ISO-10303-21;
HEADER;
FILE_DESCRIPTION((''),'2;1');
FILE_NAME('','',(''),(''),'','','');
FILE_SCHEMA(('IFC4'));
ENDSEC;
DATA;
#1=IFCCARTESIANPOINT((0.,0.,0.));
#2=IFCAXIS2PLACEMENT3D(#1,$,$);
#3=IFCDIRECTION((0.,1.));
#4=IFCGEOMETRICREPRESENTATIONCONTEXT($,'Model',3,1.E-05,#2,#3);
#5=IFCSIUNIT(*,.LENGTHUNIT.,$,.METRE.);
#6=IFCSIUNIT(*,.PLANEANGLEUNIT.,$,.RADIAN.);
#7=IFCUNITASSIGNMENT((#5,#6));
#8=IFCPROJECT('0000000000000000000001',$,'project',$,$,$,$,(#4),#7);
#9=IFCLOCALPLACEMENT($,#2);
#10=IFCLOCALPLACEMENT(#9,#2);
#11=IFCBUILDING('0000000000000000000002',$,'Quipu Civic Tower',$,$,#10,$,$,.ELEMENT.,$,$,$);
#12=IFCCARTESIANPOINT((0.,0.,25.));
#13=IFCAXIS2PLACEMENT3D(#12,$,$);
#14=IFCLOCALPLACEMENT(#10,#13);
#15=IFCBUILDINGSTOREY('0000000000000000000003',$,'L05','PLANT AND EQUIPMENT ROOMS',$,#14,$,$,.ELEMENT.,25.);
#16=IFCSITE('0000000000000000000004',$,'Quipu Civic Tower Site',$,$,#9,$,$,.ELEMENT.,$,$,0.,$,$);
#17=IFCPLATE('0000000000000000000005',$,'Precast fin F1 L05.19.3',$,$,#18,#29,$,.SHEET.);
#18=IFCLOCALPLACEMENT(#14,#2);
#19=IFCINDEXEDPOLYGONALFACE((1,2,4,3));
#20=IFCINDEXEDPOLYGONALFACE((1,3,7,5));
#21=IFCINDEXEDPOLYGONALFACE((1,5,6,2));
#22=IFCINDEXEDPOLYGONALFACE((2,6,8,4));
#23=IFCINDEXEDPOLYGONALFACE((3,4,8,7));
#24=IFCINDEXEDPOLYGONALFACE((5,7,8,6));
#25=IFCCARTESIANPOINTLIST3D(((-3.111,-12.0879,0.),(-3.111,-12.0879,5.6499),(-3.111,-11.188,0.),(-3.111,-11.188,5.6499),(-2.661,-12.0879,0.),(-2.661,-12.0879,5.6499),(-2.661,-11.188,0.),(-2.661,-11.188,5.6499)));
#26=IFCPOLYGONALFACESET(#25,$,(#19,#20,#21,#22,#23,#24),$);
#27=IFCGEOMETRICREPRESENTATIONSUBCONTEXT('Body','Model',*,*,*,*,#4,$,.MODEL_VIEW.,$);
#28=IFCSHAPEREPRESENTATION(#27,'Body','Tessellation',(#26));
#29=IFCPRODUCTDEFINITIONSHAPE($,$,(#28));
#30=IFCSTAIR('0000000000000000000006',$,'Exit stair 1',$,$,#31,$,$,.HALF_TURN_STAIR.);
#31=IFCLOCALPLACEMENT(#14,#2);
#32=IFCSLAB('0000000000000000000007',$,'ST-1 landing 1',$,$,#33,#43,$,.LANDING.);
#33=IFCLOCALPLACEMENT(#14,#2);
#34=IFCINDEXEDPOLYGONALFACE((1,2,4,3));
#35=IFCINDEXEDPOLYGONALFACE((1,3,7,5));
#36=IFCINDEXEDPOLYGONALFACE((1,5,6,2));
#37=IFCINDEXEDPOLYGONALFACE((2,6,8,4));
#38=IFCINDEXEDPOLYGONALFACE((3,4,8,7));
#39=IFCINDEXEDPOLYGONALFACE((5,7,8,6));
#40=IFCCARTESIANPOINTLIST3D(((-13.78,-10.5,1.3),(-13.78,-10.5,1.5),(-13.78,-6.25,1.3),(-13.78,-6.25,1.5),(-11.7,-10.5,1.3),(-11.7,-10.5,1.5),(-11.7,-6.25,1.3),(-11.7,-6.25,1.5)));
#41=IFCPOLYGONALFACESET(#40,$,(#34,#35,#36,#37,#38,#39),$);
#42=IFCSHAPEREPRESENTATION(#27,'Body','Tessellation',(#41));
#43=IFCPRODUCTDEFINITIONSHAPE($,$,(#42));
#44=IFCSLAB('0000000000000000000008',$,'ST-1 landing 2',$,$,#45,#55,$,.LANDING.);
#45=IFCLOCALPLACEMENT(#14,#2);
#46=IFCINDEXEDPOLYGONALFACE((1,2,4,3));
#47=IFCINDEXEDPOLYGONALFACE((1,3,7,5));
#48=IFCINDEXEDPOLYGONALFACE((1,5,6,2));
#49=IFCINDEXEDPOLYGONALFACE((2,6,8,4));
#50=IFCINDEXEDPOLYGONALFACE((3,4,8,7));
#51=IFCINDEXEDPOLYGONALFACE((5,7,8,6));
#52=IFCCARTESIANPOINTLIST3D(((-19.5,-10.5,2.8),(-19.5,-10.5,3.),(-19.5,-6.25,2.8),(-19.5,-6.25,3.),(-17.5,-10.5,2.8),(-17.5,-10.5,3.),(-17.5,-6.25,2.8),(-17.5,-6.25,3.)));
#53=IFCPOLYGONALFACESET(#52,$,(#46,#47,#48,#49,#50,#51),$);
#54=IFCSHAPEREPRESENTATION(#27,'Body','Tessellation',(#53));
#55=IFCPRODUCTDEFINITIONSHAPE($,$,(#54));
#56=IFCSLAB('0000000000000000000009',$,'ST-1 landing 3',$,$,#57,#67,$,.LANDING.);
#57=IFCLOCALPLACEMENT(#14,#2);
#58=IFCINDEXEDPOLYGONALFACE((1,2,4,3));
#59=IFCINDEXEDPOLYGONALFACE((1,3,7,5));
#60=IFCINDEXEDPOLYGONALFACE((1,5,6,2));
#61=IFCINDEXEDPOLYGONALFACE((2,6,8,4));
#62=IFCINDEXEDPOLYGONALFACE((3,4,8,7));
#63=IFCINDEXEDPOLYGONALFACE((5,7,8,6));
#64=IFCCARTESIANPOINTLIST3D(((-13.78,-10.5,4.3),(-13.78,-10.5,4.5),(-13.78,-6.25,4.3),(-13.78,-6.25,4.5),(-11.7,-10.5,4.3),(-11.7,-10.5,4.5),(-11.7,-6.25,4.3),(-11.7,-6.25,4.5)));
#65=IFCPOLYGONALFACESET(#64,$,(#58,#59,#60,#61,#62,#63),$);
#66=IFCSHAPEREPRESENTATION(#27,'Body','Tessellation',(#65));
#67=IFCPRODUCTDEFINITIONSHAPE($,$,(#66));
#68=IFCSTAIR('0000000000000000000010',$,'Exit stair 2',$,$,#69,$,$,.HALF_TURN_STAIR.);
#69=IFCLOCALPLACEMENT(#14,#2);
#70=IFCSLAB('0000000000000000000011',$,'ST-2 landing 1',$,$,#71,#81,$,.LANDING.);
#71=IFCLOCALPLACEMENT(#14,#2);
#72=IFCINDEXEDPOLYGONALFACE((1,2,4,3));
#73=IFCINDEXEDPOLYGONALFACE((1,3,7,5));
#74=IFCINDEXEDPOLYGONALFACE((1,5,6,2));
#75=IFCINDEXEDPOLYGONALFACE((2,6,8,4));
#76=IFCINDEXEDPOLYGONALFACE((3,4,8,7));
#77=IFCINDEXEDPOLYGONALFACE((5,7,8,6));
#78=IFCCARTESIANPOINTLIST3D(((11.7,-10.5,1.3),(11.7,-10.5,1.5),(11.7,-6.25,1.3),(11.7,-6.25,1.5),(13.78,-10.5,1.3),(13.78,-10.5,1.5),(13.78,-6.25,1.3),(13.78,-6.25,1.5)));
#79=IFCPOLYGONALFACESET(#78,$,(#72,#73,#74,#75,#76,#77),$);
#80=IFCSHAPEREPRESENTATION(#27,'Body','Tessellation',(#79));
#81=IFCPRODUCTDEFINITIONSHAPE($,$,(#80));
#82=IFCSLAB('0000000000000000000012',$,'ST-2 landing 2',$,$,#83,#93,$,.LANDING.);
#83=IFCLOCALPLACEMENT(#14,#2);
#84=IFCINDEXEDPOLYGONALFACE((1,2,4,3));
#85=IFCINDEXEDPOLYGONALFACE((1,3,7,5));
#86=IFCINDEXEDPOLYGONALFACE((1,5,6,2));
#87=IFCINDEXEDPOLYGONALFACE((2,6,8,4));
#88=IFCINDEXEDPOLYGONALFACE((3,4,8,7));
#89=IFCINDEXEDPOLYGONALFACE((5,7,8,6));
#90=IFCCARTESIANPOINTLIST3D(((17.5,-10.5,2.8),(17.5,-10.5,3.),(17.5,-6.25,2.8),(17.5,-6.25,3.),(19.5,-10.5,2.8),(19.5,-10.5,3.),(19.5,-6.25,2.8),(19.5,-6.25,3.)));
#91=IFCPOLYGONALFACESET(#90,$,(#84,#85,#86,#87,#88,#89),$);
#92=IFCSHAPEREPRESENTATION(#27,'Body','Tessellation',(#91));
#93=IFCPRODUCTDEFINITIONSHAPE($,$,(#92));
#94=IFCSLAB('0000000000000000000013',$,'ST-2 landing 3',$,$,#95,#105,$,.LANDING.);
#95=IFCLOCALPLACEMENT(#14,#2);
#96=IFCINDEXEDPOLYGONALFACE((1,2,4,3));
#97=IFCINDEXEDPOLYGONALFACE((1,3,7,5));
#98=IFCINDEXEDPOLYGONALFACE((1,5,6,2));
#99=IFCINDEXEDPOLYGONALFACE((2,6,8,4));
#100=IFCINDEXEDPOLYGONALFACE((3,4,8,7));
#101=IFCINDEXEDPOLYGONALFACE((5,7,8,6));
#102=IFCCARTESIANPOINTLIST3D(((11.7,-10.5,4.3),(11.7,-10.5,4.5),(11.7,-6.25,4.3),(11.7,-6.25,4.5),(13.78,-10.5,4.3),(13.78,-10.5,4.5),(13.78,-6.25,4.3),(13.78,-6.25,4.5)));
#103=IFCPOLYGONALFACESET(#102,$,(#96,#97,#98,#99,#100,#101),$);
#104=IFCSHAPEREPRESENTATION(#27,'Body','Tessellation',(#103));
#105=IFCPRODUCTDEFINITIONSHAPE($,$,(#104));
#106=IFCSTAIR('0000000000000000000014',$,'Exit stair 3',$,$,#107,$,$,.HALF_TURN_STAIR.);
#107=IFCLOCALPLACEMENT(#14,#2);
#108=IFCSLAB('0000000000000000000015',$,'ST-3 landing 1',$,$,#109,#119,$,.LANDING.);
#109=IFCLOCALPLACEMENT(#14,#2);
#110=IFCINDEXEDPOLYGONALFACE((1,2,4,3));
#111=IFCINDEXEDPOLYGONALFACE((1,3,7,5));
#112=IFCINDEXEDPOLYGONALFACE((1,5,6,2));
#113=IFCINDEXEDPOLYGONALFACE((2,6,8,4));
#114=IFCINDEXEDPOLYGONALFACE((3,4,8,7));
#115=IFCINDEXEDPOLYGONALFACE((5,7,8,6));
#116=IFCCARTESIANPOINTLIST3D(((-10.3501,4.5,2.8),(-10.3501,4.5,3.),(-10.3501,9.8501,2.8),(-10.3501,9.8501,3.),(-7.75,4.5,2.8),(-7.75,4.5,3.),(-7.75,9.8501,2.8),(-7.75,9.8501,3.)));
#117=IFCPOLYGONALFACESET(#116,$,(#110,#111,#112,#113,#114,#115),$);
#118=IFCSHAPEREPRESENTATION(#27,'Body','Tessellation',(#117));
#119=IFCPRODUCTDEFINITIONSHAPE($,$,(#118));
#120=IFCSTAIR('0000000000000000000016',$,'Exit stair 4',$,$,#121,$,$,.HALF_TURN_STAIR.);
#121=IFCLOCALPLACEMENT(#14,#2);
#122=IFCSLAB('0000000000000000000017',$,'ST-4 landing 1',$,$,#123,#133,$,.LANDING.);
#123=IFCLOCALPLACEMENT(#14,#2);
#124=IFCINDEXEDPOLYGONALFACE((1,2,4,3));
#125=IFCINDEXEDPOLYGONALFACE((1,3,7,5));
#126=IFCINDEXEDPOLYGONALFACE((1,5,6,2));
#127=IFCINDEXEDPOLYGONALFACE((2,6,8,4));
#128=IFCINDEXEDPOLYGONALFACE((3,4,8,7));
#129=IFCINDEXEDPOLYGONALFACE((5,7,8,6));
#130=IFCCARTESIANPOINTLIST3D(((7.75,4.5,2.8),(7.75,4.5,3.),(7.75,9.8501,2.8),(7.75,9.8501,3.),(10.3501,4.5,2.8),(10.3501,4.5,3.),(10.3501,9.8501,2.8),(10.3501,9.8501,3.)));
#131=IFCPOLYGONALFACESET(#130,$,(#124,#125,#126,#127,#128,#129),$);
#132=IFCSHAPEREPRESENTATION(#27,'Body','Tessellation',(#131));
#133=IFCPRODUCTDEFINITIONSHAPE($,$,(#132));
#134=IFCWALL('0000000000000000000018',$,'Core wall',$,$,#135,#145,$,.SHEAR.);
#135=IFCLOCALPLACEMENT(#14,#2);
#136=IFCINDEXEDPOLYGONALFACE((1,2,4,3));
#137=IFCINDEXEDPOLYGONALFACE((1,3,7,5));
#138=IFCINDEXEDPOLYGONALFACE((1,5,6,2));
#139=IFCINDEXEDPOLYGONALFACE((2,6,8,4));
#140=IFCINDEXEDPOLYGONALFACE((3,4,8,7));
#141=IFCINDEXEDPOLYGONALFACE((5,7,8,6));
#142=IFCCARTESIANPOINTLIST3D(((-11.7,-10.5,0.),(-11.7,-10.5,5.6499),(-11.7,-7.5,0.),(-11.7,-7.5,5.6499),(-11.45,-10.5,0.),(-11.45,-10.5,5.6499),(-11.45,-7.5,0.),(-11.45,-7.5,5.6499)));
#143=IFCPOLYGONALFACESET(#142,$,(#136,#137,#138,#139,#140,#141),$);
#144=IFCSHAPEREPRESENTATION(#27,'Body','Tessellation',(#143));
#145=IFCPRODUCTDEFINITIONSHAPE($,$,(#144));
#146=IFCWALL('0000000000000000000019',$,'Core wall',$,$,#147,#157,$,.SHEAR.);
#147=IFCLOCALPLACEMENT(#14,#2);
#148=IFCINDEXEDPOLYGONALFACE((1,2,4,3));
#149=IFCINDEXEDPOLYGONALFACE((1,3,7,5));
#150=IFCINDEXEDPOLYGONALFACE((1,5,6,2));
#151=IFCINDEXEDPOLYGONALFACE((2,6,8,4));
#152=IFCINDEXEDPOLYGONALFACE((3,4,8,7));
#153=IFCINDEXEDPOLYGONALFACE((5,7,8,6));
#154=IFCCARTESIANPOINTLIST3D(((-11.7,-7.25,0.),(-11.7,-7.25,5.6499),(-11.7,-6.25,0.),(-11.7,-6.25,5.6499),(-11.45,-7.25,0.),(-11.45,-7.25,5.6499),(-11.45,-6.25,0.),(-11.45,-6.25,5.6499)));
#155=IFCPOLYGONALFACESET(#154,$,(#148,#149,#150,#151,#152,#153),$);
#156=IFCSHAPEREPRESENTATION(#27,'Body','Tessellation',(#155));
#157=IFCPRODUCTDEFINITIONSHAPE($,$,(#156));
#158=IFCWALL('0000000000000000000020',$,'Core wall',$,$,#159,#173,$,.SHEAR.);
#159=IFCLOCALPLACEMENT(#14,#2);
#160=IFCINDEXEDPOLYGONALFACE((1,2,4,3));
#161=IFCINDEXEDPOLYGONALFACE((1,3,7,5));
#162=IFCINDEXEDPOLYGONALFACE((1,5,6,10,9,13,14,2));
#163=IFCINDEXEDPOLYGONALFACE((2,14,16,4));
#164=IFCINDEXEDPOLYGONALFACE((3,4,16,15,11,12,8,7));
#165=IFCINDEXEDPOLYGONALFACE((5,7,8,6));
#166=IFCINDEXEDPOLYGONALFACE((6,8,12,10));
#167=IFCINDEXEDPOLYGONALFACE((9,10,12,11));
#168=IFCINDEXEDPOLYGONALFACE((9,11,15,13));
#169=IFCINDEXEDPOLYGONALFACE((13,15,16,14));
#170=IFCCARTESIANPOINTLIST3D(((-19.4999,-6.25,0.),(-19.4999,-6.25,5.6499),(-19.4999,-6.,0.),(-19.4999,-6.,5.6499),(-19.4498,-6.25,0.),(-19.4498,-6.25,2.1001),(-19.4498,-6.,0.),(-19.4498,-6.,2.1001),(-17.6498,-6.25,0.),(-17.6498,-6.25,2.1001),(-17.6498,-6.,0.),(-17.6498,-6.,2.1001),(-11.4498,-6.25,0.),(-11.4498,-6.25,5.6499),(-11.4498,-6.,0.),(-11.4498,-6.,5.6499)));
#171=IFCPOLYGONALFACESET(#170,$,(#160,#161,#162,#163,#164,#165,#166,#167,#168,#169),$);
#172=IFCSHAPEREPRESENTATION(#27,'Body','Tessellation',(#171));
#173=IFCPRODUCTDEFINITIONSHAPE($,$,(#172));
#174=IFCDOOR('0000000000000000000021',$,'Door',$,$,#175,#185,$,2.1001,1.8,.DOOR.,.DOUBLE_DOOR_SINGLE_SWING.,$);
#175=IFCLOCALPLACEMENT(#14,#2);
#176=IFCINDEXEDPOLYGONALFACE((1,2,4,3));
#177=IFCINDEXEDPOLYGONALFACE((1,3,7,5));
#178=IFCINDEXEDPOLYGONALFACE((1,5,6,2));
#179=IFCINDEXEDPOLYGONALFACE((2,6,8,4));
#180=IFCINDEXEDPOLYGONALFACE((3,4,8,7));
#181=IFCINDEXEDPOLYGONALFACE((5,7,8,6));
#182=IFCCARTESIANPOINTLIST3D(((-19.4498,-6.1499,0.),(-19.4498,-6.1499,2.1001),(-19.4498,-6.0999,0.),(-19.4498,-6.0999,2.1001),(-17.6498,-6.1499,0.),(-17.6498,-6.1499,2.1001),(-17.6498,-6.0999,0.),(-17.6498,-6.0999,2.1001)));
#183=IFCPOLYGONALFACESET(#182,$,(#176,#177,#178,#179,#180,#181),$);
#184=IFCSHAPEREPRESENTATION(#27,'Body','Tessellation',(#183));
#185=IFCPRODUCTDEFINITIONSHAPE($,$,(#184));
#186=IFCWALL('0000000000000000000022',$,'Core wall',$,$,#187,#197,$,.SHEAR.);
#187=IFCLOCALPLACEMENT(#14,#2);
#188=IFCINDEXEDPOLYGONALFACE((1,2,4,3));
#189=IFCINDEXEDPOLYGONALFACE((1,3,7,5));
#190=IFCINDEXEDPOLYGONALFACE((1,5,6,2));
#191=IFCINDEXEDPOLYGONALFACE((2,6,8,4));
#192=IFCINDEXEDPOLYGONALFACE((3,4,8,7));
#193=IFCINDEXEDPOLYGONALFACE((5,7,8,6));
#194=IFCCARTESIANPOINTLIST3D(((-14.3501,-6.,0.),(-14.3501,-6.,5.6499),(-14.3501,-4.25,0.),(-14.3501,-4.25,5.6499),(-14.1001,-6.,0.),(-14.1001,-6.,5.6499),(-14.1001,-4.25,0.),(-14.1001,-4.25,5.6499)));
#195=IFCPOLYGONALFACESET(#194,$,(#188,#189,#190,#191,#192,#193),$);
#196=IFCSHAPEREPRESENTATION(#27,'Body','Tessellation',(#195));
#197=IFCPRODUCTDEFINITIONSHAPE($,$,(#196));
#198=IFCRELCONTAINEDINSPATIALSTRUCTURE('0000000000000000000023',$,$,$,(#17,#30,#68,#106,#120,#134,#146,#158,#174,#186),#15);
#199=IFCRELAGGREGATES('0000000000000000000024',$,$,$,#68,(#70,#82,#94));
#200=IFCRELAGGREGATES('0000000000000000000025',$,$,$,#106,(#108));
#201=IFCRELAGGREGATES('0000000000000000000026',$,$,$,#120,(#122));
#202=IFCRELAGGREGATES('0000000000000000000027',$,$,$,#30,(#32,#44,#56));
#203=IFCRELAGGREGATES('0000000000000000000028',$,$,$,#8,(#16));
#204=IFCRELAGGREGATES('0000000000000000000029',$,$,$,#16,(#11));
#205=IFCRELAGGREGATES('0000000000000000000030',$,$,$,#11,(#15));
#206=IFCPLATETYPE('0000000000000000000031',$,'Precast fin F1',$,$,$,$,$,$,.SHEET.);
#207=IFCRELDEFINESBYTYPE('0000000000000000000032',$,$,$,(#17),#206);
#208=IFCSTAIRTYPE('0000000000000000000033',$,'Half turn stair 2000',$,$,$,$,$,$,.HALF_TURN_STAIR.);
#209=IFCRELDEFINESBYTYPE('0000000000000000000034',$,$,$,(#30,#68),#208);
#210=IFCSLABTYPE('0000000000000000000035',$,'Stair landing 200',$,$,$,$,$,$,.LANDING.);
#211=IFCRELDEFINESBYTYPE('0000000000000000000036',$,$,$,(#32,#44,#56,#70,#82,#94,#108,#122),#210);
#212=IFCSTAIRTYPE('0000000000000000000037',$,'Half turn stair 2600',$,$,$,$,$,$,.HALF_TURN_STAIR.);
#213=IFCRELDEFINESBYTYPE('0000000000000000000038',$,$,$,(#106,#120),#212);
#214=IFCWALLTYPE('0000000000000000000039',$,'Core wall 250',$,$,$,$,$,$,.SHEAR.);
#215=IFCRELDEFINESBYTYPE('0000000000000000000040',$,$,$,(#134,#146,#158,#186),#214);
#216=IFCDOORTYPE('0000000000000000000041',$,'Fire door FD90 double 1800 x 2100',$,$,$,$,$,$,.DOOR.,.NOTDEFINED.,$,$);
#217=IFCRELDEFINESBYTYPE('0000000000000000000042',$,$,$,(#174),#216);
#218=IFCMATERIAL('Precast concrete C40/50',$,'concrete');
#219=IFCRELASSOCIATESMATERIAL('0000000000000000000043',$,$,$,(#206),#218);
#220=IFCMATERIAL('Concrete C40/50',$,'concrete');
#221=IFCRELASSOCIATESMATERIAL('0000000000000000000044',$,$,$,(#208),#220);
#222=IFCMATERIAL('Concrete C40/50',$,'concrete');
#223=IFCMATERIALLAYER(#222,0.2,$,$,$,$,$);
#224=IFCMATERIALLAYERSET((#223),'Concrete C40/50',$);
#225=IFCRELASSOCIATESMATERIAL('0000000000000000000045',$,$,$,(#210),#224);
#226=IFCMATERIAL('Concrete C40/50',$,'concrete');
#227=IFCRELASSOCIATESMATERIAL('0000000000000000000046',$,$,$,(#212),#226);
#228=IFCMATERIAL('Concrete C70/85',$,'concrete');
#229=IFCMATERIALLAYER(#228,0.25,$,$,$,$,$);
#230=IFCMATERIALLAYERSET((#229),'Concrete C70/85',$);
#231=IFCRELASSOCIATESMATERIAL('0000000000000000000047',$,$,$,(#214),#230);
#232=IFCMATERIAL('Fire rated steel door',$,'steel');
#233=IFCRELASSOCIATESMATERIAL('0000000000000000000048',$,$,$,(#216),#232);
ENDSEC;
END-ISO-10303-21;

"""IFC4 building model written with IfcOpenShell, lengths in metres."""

from ifc_helpers import new_model, si_unit, direction, frame, frame_2d, origin, origin_2d, place, context, subcontext, project, spatial, polyline, rectangle, outline, extrude, material, layer, layer_set, type_object, element, fill, aggregate, save


model = new_model("IFC4")

# Units and contexts
model_context = context("Model", 3, precision=1e-05, world=origin(), true_north=direction((0.0, 1.0)))
body_context = subcontext(model_context, "Body", "Model", "MODEL_VIEW")
ifc_project = project(units=[si_unit("LENGTHUNIT", "METRE"), si_unit("PLANEANGLEUNIT", "RADIAN")], contexts=[model_context])

# Site, building, storey
site_placement = place(None, origin())
site = spatial("IfcSite", under=ifc_project, at=site_placement, Name="Quipu Civic Tower Site", CompositionType="ELEMENT", RefElevation=0.0)
building_placement = place(site_placement, origin())
building = spatial("IfcBuilding", under=site, at=building_placement, Name="Quipu Civic Tower", CompositionType="ELEMENT")
storey_placement = place(building_placement, frame((0.0, 0.0, 25.0)))
storey = spatial("IfcBuildingStorey", under=building, at=storey_placement, Name="L05", Description="PLANT AND EQUIPMENT ROOMS", CompositionType="ELEMENT", Elevation=25.0)

# Plate
ifc_material_1 = material(Name="Precast concrete C40/50", Category="concrete")
plate_type = type_object("IfcPlateType", Name="Precast fin F1", PredefinedType="SHEET", material=ifc_material_1)
for number, where, z_axis, x_axis, name in (
    (1, (-2.886, -11.6379, 0.0), (0.0, 0.0, 1.0), (1.0, 0.0, 0.0), "Precast fin F1 L05.19.3"),
):
    element("IfcPlate", number, at=place(storey_placement, frame(where, z_axis=z_axis, x_axis=x_axis)), inside=storey, type_object=plate_type, Name=name, PredefinedType="SHEET", context=body_context, shape_type="SweptSolid", body=[
        extrude(rectangle(XDim=0.45, YDim=0.8999, at=origin_2d()), origin(), (0.0, 0.0, 1.0), 5.6499),
    ])

# Stairs, slabs
ifc_material_2 = material(Name="Concrete C40/50", Category="concrete")
stair_type_1 = type_object("IfcStairType", Name="Half turn stair 2000", PredefinedType="HALF_TURN_STAIR", material=ifc_material_2)
stair_1_placement = place(storey_placement, origin())
stair_1 = element("IfcStair", 2, at=stair_1_placement, inside=storey, type_object=stair_type_1, Name="Exit stair 1", PredefinedType="HALF_TURN_STAIR")
ifc_material_3 = material(Name="Concrete C40/50", Category="concrete")
ifc_layer_1 = layer(ifc_material_3, 0.2)
ifc_layer_set_1 = layer_set([ifc_layer_1], Name="Concrete C40/50")
slab_type_1 = type_object("IfcSlabType", Name="Stair landing 200", PredefinedType="LANDING", material=ifc_layer_set_1)
slab_1_placement = place(storey_placement, frame((0.0, 0.0, 1.3)))
slab_1 = element("IfcSlab", 3, at=slab_1_placement, type_object=slab_type_1, Name="ST-1 landing 1", PredefinedType="LANDING", context=body_context, shape_type="SweptSolid", body=[
    extrude(outline(polyline([(-13.78, -10.5), (-11.7, -10.5), (-11.7, -6.25), (-13.78, -6.25), (-13.78, -10.5)])), origin(), (0.0, 0.0, 1.0), 0.2),
])
slab_2_placement = place(storey_placement, frame((0.0, 0.0, 2.8)))
slab_2 = element("IfcSlab", 4, at=slab_2_placement, type_object=slab_type_1, Name="ST-1 landing 2", PredefinedType="LANDING", context=body_context, shape_type="SweptSolid", body=[
    extrude(outline(polyline([(-19.5, -10.5), (-17.5, -10.5), (-17.5, -6.25), (-19.5, -6.25), (-19.5, -10.5)])), origin(), (0.0, 0.0, 1.0), 0.2),
])
slab_3_placement = place(storey_placement, frame((0.0, 0.0, 4.3)))
slab_3 = element("IfcSlab", 5, at=slab_3_placement, type_object=slab_type_1, Name="ST-1 landing 3", PredefinedType="LANDING", context=body_context, shape_type="SweptSolid", body=[
    extrude(outline(polyline([(-13.78, -10.5), (-11.7, -10.5), (-11.7, -6.25), (-13.78, -6.25), (-13.78, -10.5)])), origin(), (0.0, 0.0, 1.0), 0.2),
])
stair_2_placement = place(storey_placement, origin())
stair_2 = element("IfcStair", 6, at=stair_2_placement, inside=storey, type_object=stair_type_1, Name="Exit stair 2", PredefinedType="HALF_TURN_STAIR")
slab_4_placement = place(storey_placement, frame((0.0, 0.0, 1.3)))
slab_4 = element("IfcSlab", 7, at=slab_4_placement, type_object=slab_type_1, Name="ST-2 landing 1", PredefinedType="LANDING", context=body_context, shape_type="SweptSolid", body=[
    extrude(outline(polyline([(13.78, -6.25), (11.7, -6.25), (11.7, -10.5), (13.78, -10.5), (13.78, -6.25)])), origin(), (0.0, 0.0, 1.0), 0.2),
])
slab_5_placement = place(storey_placement, frame((0.0, 0.0, 2.8)))
slab_5 = element("IfcSlab", 8, at=slab_5_placement, type_object=slab_type_1, Name="ST-2 landing 2", PredefinedType="LANDING", context=body_context, shape_type="SweptSolid", body=[
    extrude(outline(polyline([(19.5, -6.25), (17.5, -6.25), (17.5, -10.5), (19.5, -10.5), (19.5, -6.25)])), origin(), (0.0, 0.0, 1.0), 0.2),
])
slab_6_placement = place(storey_placement, frame((0.0, 0.0, 4.3)))
slab_6 = element("IfcSlab", 9, at=slab_6_placement, type_object=slab_type_1, Name="ST-2 landing 3", PredefinedType="LANDING", context=body_context, shape_type="SweptSolid", body=[
    extrude(outline(polyline([(13.78, -6.25), (11.7, -6.25), (11.7, -10.5), (13.78, -10.5), (13.78, -6.25)])), origin(), (0.0, 0.0, 1.0), 0.2),
])
aggregate(stair_2, [slab_4, slab_5, slab_6])

# Stairs, slabs
ifc_material_4 = material(Name="Concrete C40/50", Category="concrete")
stair_type_2 = type_object("IfcStairType", Name="Half turn stair 2600", PredefinedType="HALF_TURN_STAIR", material=ifc_material_4)
stair_3_placement = place(storey_placement, origin())
stair_3 = element("IfcStair", 10, at=stair_3_placement, inside=storey, type_object=stair_type_2, Name="Exit stair 3", PredefinedType="HALF_TURN_STAIR")
slab_7_placement = place(storey_placement, frame((0.0, 0.0, 2.8)))
slab_7 = element("IfcSlab", 11, at=slab_7_placement, type_object=slab_type_1, Name="ST-3 landing 1", PredefinedType="LANDING", context=body_context, shape_type="SweptSolid", body=[
    extrude(outline(polyline([(-10.3501, 4.5), (-7.75, 4.5), (-7.75, 9.8501), (-10.3501, 9.8501), (-10.3501, 4.5)])), origin(), (0.0, 0.0, 1.0), 0.2),
])
aggregate(stair_3, [slab_7])
stair_4_placement = place(storey_placement, origin())
stair_4 = element("IfcStair", 12, at=stair_4_placement, inside=storey, type_object=stair_type_2, Name="Exit stair 4", PredefinedType="HALF_TURN_STAIR")
slab_8_placement = place(storey_placement, frame((0.0, 0.0, 2.8)))
slab_8 = element("IfcSlab", 13, at=slab_8_placement, type_object=slab_type_1, Name="ST-4 landing 1", PredefinedType="LANDING", context=body_context, shape_type="SweptSolid", body=[
    extrude(outline(polyline([(10.3501, 9.8501), (7.75, 9.8501), (7.75, 4.5), (10.3501, 4.5), (10.3501, 9.8501)])), origin(), (0.0, 0.0, 1.0), 0.2),
])
aggregate(stair_4, [slab_8])

# Walls
ifc_material_5 = material(Name="Concrete C70/85", Category="concrete")
ifc_layer_2 = layer(ifc_material_5, 0.25)
ifc_layer_set_2 = layer_set([ifc_layer_2], Name="Concrete C70/85")
wall_type_1 = type_object("IfcWallType", Name="Core wall 250", PredefinedType="SHEAR", material=ifc_layer_set_2)
wall_1_placement = place(storey_placement, frame((-11.575, -10.5, 0.0), z_axis=(0.0, 0.0, 1.0), x_axis=(0.0, 1.0, 0.0)))
element("IfcWall", 14, at=wall_1_placement, inside=storey, type_object=wall_type_1, Name="Core wall", PredefinedType="SHEAR", context=body_context, shape_type="SweptSolid", body=[
    extrude(rectangle(XDim=3.0, YDim=0.25, at=frame_2d((1.5, 0.0))), origin(), (0.0, 0.0, 1.0), 5.6499),
])
wall_2_placement = place(storey_placement, frame((-11.575, -7.25, 0.0), z_axis=(0.0, 0.0, 1.0), x_axis=(0.0, 1.0, 0.0)))
element("IfcWall", 15, at=wall_2_placement, inside=storey, type_object=wall_type_1, Name="Core wall", PredefinedType="SHEAR", context=body_context, shape_type="SweptSolid", body=[
    extrude(rectangle(XDim=1.0, YDim=0.25, at=frame_2d((0.5, 0.0))), origin(), (0.0, 0.0, 1.0), 5.6499),
])

# Wall, opening, door
wall_3_placement = place(storey_placement, frame((-11.45, -6.125, 0.0), z_axis=(0.0, 0.0, 1.0), x_axis=(-1.0, 0.0, 0.0)))
wall_3 = element("IfcWall", 16, at=wall_3_placement, inside=storey, type_object=wall_type_1, Name="Core wall", PredefinedType="SHEAR", context=body_context, shape_type="SweptSolid", body=[
    extrude(rectangle(XDim=8.05, YDim=0.25, at=frame_2d((4.0249, 0.0))), origin(), (0.0, 0.0, 1.0), 5.6499),
])
opening_1_placement = place(wall_3_placement, frame((6.2, 0.0, 0.0)))
opening_1 = element("IfcOpeningElement", 17, at=opening_1_placement, cuts=wall_3, PredefinedType="OPENING", context=body_context, shape_type="SweptSolid", body=[
    extrude(rectangle(XDim=1.8, YDim=2.1001, at=frame_2d((0.8999, 1.05))), frame((0.0, 0.135, 0.0), z_axis=(0.0, -1.0, 0.0), x_axis=(1.0, 0.0, 0.0)), (0.0, 0.0, 1.0), 0.27),
])
ifc_material_6 = material(Name="Fire rated steel door", Category="steel")
door_type_1 = type_object("IfcDoorType", Name="Fire door FD90 double 1800 x 2100", OperationType="NOTDEFINED", PredefinedType="DOOR", material=ifc_material_6)
door_1_placement = place(opening_1_placement, origin())
door_1 = element("IfcDoor", 18, at=door_1_placement, inside=storey, type_object=door_type_1, Name="Door", OperationType="DOUBLE_DOOR_SINGLE_SWING", OverallHeight=2.1001, OverallWidth=1.8, PredefinedType="DOOR", context=body_context, shape_type="SweptSolid", body=[
    extrude(rectangle(XDim=1.8, YDim=2.1001, at=frame_2d((0.8999, 1.05))), frame((0.0, 0.0249, 0.0), z_axis=(0.0, -1.0, 0.0), x_axis=(1.0, 0.0, 0.0)), (0.0, 0.0, 1.0), 0.05),
])
fill(opening_1, door_1)

# Wall
for number, where, z_axis, x_axis, name in (
    (19, (-14.2251, -6.0, 0.0), (0.0, 0.0, 1.0), (0.0, 1.0, 0.0), "Core wall"),
):
    element("IfcWall", number, at=place(storey_placement, frame(where, z_axis=z_axis, x_axis=x_axis)), inside=storey, type_object=wall_type_1, Name=name, PredefinedType="SHEAR", context=body_context, shape_type="SweptSolid", body=[
        extrude(rectangle(XDim=1.75, YDim=0.25, at=frame_2d((0.875, 0.0))), origin(), (0.0, 0.0, 1.0), 5.6499),
    ])

aggregate(stair_1, [slab_1, slab_2, slab_3])

save(model, "model.ifc")
